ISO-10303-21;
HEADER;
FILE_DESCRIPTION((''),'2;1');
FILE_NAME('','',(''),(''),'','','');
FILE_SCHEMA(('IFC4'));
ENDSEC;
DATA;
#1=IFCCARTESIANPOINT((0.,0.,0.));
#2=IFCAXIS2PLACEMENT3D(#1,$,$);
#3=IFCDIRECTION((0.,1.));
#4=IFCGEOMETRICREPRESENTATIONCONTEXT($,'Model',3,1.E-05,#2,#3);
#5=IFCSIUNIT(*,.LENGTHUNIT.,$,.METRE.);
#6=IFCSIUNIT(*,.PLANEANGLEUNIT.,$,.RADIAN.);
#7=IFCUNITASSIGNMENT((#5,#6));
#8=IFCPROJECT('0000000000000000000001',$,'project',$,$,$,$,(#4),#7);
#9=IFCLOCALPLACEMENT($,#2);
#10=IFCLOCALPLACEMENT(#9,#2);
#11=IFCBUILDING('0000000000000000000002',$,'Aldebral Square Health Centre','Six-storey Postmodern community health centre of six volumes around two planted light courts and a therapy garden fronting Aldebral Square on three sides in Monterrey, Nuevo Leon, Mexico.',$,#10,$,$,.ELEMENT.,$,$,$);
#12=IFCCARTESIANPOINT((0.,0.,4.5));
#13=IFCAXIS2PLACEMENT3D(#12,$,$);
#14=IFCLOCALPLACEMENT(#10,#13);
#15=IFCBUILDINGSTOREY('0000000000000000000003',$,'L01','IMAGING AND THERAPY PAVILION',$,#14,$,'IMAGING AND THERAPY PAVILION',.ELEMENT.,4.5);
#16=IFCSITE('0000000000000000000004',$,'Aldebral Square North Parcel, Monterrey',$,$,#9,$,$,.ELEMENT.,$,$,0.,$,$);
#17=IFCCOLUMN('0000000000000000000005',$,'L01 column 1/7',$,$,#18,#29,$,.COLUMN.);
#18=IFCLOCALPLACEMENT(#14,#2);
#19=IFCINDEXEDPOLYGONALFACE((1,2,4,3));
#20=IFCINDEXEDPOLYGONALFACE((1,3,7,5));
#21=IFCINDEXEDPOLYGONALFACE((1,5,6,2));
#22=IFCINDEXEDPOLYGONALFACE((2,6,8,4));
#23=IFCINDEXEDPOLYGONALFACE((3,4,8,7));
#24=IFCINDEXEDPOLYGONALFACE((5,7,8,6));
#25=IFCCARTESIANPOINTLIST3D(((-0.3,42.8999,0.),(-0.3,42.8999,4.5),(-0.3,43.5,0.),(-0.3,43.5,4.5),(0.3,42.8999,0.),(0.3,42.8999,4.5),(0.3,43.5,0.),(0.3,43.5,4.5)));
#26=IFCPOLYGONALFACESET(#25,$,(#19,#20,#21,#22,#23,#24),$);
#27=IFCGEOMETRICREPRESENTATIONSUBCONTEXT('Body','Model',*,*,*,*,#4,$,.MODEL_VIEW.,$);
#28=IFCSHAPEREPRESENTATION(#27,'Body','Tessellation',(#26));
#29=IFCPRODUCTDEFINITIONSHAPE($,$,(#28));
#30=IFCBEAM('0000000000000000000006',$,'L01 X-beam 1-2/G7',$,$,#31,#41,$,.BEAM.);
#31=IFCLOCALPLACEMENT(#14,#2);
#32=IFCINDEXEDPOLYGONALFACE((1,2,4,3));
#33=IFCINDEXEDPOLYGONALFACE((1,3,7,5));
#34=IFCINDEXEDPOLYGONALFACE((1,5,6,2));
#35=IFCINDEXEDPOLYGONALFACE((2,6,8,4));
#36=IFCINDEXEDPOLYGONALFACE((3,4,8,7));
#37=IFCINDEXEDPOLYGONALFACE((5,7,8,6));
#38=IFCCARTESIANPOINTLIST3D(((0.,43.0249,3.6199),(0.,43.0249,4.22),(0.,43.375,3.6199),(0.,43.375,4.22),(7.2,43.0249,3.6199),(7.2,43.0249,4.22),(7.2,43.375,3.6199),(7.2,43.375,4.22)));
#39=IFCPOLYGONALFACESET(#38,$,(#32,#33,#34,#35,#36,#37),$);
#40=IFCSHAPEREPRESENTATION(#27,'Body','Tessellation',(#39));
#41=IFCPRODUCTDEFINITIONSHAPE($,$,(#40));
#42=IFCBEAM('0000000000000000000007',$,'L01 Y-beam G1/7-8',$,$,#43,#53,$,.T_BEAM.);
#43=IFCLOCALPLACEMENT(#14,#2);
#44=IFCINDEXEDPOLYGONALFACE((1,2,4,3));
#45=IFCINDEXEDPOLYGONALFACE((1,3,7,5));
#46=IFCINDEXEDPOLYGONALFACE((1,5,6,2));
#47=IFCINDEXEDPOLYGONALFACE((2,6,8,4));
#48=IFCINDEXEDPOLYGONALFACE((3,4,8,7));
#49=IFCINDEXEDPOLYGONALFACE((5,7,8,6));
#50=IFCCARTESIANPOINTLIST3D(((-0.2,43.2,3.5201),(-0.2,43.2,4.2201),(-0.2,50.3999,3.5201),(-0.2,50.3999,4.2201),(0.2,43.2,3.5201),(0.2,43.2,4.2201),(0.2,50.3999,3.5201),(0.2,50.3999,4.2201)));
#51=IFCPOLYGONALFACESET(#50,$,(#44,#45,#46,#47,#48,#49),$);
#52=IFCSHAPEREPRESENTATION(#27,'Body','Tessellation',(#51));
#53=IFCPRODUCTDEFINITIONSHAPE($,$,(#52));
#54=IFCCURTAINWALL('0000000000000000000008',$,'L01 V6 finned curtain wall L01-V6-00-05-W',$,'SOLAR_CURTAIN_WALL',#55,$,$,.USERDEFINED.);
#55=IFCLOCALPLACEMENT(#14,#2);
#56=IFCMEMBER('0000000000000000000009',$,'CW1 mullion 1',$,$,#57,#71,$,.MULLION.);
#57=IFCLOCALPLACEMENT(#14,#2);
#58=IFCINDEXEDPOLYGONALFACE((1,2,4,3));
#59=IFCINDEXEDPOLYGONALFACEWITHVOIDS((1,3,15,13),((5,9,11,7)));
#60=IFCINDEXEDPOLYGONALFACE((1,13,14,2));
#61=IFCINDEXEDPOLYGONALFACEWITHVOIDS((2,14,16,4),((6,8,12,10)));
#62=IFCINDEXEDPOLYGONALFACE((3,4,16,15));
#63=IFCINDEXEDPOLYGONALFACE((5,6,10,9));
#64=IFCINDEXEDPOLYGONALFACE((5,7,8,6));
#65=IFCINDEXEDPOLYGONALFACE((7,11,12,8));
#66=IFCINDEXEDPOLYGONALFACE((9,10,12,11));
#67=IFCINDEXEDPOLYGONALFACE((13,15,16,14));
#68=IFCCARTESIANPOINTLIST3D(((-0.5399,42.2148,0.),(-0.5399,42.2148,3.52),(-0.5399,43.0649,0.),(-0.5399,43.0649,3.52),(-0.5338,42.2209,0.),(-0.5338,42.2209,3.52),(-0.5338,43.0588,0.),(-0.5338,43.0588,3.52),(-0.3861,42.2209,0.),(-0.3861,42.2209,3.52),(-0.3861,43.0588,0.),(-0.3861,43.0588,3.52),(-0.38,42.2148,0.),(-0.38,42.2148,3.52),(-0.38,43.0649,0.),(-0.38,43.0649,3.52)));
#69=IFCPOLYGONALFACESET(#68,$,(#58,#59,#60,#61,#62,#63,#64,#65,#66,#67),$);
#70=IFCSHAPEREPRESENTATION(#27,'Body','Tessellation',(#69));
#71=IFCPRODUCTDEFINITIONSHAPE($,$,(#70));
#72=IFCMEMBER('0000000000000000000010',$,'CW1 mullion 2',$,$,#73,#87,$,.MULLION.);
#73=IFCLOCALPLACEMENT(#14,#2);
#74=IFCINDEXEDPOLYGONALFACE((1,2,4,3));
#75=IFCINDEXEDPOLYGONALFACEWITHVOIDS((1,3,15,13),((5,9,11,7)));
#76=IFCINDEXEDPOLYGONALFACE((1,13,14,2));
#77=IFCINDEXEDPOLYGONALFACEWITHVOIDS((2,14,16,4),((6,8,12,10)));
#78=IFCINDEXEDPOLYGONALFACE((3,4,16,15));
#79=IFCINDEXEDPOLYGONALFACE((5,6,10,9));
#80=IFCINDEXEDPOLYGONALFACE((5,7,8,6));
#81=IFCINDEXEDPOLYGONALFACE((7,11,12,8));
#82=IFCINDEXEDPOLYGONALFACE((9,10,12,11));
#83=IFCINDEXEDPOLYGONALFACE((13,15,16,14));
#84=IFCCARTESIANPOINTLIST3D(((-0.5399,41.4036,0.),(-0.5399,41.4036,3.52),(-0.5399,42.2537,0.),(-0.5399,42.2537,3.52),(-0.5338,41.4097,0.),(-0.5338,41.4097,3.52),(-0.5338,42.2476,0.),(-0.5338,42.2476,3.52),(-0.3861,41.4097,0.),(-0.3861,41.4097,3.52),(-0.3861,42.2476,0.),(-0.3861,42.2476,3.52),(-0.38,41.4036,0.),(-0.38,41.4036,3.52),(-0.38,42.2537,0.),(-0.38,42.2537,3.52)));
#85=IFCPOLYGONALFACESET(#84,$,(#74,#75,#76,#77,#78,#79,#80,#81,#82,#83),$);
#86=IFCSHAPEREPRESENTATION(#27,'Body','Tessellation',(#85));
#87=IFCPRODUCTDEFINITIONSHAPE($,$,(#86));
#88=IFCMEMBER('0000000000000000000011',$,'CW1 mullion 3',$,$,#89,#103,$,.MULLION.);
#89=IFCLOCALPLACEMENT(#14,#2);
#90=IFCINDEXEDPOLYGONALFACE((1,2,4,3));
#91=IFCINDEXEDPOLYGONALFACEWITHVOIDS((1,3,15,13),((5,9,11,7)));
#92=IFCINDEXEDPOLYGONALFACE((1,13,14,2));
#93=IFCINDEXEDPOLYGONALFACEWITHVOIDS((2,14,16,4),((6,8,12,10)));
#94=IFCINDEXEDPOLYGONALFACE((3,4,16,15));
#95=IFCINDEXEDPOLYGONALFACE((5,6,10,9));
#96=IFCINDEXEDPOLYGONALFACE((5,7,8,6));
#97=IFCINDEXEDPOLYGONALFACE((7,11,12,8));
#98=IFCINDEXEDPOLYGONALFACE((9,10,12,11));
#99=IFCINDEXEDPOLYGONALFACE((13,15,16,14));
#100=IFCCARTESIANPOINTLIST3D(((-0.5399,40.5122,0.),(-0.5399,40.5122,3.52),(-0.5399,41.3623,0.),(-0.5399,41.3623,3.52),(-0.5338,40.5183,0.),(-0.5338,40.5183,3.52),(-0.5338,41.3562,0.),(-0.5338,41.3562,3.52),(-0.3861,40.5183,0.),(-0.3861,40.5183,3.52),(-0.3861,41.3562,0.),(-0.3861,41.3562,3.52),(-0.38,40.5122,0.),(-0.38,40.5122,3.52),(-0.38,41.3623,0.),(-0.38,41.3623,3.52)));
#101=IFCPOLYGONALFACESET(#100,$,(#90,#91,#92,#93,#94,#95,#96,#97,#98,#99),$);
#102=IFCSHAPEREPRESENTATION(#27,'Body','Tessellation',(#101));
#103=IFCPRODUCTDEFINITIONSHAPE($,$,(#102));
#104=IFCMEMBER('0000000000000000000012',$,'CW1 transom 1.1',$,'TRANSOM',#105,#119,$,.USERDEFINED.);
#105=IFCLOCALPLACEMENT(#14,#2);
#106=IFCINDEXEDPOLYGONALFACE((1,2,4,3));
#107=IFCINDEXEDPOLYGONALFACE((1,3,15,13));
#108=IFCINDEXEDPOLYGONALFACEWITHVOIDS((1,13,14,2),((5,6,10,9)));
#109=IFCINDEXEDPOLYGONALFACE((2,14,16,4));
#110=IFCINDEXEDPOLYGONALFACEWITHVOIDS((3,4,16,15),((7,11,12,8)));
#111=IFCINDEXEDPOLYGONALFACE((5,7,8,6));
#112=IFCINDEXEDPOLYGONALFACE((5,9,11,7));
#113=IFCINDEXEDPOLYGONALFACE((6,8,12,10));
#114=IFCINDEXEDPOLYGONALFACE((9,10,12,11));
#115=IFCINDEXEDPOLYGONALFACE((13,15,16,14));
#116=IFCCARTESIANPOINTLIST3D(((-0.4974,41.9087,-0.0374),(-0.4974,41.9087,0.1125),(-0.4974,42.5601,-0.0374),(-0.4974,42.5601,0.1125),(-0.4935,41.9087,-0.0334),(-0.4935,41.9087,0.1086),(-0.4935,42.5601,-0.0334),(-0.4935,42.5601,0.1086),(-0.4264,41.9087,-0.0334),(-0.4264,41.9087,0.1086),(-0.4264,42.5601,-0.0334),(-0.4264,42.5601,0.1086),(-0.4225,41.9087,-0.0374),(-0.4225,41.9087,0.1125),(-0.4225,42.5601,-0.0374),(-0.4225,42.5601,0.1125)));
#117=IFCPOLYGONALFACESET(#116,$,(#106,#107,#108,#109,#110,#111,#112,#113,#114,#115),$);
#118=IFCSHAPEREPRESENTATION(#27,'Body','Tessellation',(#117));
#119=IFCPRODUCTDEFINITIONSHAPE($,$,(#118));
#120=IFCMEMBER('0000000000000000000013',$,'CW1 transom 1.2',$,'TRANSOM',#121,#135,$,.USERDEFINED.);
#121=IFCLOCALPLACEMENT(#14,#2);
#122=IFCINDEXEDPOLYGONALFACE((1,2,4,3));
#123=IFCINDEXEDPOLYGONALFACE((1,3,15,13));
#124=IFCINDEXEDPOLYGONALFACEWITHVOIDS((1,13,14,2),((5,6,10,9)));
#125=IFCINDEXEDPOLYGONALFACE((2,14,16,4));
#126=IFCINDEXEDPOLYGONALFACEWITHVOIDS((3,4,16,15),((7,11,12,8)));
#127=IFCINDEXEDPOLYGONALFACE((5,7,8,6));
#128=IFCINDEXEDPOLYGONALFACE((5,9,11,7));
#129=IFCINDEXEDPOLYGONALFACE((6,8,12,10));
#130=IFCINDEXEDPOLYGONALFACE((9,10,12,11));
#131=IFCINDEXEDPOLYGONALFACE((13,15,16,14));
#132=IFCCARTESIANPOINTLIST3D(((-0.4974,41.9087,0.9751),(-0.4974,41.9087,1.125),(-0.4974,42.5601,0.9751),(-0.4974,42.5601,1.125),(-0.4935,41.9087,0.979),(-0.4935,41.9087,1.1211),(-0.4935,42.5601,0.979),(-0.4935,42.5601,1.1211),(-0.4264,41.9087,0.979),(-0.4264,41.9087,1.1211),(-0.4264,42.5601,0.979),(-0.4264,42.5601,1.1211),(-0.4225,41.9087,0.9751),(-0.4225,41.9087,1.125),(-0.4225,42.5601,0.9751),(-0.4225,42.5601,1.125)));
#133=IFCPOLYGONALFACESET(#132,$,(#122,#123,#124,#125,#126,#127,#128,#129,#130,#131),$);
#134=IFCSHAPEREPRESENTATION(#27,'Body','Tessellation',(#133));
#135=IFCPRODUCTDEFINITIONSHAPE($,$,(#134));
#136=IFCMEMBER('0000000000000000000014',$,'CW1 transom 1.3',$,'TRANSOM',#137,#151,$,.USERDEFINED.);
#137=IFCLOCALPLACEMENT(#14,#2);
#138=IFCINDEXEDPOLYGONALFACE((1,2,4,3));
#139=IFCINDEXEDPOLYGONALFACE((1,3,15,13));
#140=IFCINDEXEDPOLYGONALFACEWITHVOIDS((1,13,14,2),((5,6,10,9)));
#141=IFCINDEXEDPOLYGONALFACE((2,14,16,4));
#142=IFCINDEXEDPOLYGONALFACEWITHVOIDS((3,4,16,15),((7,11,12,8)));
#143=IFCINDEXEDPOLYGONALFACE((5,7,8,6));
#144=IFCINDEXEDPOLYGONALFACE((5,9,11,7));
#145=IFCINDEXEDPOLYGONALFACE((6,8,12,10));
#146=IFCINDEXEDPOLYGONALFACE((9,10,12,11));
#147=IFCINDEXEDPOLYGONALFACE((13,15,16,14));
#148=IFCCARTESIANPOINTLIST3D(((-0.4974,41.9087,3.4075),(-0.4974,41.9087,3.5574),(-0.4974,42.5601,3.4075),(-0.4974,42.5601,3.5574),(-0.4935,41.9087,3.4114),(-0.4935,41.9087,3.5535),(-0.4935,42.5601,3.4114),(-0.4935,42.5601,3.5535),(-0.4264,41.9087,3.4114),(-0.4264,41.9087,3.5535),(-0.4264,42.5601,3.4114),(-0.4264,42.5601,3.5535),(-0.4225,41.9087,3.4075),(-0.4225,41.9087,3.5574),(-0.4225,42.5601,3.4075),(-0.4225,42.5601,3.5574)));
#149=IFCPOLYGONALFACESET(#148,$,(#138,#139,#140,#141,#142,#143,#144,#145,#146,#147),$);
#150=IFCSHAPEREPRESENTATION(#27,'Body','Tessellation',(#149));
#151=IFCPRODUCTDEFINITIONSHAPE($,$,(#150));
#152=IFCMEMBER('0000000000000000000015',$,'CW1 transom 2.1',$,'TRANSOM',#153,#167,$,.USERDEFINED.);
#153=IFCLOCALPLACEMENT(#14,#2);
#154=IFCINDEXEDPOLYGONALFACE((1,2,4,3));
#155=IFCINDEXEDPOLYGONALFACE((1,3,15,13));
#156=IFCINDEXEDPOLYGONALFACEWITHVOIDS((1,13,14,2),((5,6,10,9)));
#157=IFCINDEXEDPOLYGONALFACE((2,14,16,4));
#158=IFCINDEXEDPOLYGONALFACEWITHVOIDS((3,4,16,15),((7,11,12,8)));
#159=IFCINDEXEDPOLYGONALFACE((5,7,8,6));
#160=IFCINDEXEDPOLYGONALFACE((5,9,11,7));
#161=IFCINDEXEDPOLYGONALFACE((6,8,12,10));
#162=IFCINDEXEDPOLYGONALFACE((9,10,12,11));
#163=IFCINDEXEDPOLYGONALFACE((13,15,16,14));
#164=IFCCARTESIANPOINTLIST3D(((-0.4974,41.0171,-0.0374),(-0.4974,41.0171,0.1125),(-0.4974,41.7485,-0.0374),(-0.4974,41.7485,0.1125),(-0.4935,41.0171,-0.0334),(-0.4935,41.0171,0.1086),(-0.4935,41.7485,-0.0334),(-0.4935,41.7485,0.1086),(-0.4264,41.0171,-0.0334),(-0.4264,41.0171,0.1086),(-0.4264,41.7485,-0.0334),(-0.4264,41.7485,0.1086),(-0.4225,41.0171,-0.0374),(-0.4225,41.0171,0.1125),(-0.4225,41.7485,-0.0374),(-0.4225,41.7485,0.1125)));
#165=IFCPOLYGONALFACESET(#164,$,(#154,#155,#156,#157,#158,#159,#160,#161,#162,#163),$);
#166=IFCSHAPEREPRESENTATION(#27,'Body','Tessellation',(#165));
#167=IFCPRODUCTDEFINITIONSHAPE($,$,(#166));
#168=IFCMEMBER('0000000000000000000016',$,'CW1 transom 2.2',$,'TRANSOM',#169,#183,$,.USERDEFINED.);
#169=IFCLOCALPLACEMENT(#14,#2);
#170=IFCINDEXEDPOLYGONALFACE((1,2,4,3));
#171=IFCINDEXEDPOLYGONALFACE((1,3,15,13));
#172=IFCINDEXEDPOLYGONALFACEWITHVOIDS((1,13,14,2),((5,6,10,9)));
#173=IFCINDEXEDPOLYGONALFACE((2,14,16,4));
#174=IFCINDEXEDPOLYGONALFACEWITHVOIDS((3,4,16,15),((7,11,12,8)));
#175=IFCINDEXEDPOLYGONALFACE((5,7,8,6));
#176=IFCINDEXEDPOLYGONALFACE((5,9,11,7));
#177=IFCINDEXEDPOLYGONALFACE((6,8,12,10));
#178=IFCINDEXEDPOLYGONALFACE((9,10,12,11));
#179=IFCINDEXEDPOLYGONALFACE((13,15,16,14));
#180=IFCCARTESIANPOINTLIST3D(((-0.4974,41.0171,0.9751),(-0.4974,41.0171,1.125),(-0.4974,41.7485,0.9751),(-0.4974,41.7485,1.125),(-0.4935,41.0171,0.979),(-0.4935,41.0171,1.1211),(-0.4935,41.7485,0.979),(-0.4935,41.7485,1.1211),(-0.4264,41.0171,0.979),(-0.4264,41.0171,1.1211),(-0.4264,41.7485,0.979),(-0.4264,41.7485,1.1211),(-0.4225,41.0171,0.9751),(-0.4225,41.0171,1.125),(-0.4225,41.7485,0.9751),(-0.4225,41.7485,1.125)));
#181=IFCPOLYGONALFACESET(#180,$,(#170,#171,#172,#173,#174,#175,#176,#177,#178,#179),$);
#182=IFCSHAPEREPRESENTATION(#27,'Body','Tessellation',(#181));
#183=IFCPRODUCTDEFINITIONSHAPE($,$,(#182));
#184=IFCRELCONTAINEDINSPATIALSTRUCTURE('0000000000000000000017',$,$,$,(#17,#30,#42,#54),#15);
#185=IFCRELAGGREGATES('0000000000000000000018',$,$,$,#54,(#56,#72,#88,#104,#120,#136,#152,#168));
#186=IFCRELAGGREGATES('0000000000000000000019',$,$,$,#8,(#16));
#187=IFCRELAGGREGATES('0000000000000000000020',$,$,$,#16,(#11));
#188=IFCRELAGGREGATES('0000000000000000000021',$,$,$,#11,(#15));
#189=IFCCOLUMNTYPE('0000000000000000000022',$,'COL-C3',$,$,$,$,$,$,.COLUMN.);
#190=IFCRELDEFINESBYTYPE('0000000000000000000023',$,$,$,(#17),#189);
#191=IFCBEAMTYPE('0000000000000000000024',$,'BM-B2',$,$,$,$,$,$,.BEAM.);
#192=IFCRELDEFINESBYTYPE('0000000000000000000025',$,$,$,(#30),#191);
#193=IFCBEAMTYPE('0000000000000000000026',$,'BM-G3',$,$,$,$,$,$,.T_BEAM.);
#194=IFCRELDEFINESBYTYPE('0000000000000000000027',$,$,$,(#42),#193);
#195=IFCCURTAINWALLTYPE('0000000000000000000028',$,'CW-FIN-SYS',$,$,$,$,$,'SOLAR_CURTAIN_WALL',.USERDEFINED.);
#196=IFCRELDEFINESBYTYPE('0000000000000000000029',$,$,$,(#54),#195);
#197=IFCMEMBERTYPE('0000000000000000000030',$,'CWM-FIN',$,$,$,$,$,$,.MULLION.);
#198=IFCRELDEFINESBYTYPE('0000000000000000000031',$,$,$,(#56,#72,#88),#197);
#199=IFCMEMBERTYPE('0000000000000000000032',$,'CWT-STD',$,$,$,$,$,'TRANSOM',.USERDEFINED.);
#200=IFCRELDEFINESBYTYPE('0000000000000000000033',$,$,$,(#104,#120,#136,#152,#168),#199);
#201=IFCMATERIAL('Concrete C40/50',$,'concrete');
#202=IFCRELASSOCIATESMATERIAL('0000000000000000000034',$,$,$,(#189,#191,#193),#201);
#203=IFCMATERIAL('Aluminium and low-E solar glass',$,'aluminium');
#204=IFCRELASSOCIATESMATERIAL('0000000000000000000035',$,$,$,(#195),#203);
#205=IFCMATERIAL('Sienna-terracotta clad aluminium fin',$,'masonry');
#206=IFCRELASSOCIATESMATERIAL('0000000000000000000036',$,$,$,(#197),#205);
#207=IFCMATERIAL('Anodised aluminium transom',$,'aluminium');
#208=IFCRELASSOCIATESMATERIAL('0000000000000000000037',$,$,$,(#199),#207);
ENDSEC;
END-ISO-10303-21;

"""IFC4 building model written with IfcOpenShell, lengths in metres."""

from ifc_helpers import new_model, si_unit, direction, frame, origin, origin_2d, place, context, subcontext, project, spatial, rectangle, hollow_rectangle, extrude, material, material_profile, profile_set, type_object, element, aggregate, save


model = new_model("IFC4")

# Units and contexts
model_context = context("Model", 3, precision=1e-05, world=origin(), true_north=direction((0.0, 1.0)))
body_context = subcontext(model_context, "Body", "Model", "MODEL_VIEW")
ifc_project = project(units=[si_unit("LENGTHUNIT", "METRE"), si_unit("PLANEANGLEUNIT", "RADIAN")], contexts=[model_context])

# Site, building, storey
site_placement = place(None, origin())
site = spatial("IfcSite", under=ifc_project, at=site_placement, Name="Aldebral Square North Parcel, Monterrey", CompositionType="ELEMENT", RefElevation=0.0)
building_placement = place(site_placement, origin())
building = spatial("IfcBuilding", under=site, at=building_placement, Name="Aldebral Square Health Centre", Description="Six-storey Postmodern community health centre of six volumes around two planted light courts and a therapy garden fronting Aldebral Square on three sides in Monterrey, Nuevo Leon, Mexico.", CompositionType="ELEMENT")
storey_placement = place(building_placement, frame((0.0, 0.0, 4.5)))
storey = spatial("IfcBuildingStorey", under=building, at=storey_placement, Name="L01", Description="IMAGING AND THERAPY PAVILION", LongName="IMAGING AND THERAPY PAVILION", CompositionType="ELEMENT", Elevation=4.5)

# Column
ifc_material_1 = material(Name="Concrete C40/50", Category="concrete")
ifc_material_profile_1 = material_profile(ifc_material_1, rectangle(XDim=0.6001, YDim=0.6001, at=origin_2d()), Name="RC 600x600")
ifc_profile_set_1 = profile_set([ifc_material_profile_1], Name="Concrete C40/50")
column_type = type_object("IfcColumnType", Name="COL-C3", PredefinedType="COLUMN", material=ifc_profile_set_1)
column_placement = place(storey_placement, frame((0.0, 43.2, 0.0), z_axis=(0.0, 0.0, 1.0), x_axis=(1.0, 0.0, 0.0)))
element("IfcColumn", 1, at=column_placement, inside=storey, type_object=column_type, Name="L01 column 1/7", PredefinedType="COLUMN", context=body_context, shape_type="SweptSolid", body=[
    extrude(rectangle(XDim=0.6001, YDim=0.6001, at=origin_2d()), origin(), (0.0, 0.0, 1.0), 4.5),
])

# Beams
ifc_material_profile_2 = material_profile(ifc_material_1, rectangle(XDim=0.3501, YDim=0.6001, at=origin_2d()), Name="RC 350x600")
ifc_profile_set_2 = profile_set([ifc_material_profile_2], Name="Concrete C40/50")
beam_type_1 = type_object("IfcBeamType", Name="BM-B2", PredefinedType="BEAM", material=ifc_profile_set_2)
beam_1_placement = place(storey_placement, frame((0.0, 43.2, 3.9199), z_axis=(1.0, 0.0, 0.0), x_axis=(0.0, 1.0, 0.0)))
element("IfcBeam", 2, at=beam_1_placement, inside=storey, type_object=beam_type_1, Name="L01 X-beam 1-2/G7", PredefinedType="BEAM", context=body_context, shape_type="SweptSolid", body=[
    extrude(rectangle(XDim=0.3501, YDim=0.6001, at=origin_2d()), origin(), (0.0, 0.0, 1.0), 7.2),
])
ifc_material_profile_3 = material_profile(ifc_material_1, rectangle(XDim=0.3999, YDim=0.7, at=origin_2d()), Name="RC 400x700")
ifc_profile_set_3 = profile_set([ifc_material_profile_3], Name="Concrete C40/50")
beam_type_2 = type_object("IfcBeamType", Name="BM-G3", PredefinedType="T_BEAM", material=ifc_profile_set_3)
beam_2_placement = place(storey_placement, frame((0.0, 43.2, 3.8701), z_axis=(0.0, 1.0, 0.0), x_axis=(-1.0, 0.0, 0.0)))
element("IfcBeam", 3, at=beam_2_placement, inside=storey, type_object=beam_type_2, Name="L01 Y-beam G1/7-8", PredefinedType="T_BEAM", context=body_context, shape_type="SweptSolid", body=[
    extrude(rectangle(XDim=0.3999, YDim=0.7, at=origin_2d()), origin(), (0.0, 0.0, 1.0), 7.2),
])

# Curtain wall, members
ifc_material_2 = material(Name="Aluminium and low-E solar glass", Category="aluminium")
curtain_wall_type = type_object("IfcCurtainWallType", Name="CW-FIN-SYS", ElementType="SOLAR_CURTAIN_WALL", PredefinedType="USERDEFINED", material=ifc_material_2)
curtain_wall_placement = place(storey_placement, origin())
curtain_wall = element("IfcCurtainWall", 4, at=curtain_wall_placement, inside=storey, type_object=curtain_wall_type, Name="L01 V6 finned curtain wall L01-V6-00-05-W", ObjectType="SOLAR_CURTAIN_WALL", PredefinedType="USERDEFINED")
ifc_material_3 = material(Name="Sienna-terracotta clad aluminium fin", Category="masonry")
ifc_material_profile_4 = material_profile(ifc_material_3, hollow_rectangle(XDim=0.1599, YDim=0.8501, WallThickness=0.0061, at=origin_2d()), Name="FIN 160x850x6")
ifc_profile_set_4 = profile_set([ifc_material_profile_4], Name="Sienna-terracotta clad aluminium fin")
member_type_1 = type_object("IfcMemberType", Name="CWM-FIN", PredefinedType="MULLION", material=ifc_profile_set_4)
member_1_placement = place(storey_placement, frame((-0.46, 42.6399, 0.0), z_axis=(0.0, 0.0, 1.0), x_axis=(1.0, 0.0, 0.0)))
member_1 = element("IfcMember", 5, at=member_1_placement, type_object=member_type_1, Name="CW1 mullion 1", PredefinedType="MULLION", context=body_context, shape_type="SweptSolid", body=[
    extrude(hollow_rectangle(XDim=0.1599, YDim=0.8501, WallThickness=0.0061, at=origin_2d()), origin(), (0.0, 0.0, 1.0), 3.52),
])
member_2_placement = place(storey_placement, frame((-0.46, 41.8286, 0.0), z_axis=(0.0, 0.0, 1.0), x_axis=(1.0, 0.0, 0.0)))
member_2 = element("IfcMember", 6, at=member_2_placement, type_object=member_type_1, Name="CW1 mullion 2", PredefinedType="MULLION", context=body_context, shape_type="SweptSolid", body=[
    extrude(hollow_rectangle(XDim=0.1599, YDim=0.8501, WallThickness=0.0061, at=origin_2d()), origin(), (0.0, 0.0, 1.0), 3.52),
])
member_3_placement = place(storey_placement, frame((-0.46, 40.9373, 0.0), z_axis=(0.0, 0.0, 1.0), x_axis=(1.0, 0.0, 0.0)))
member_3 = element("IfcMember", 7, at=member_3_placement, type_object=member_type_1, Name="CW1 mullion 3", PredefinedType="MULLION", context=body_context, shape_type="SweptSolid", body=[
    extrude(hollow_rectangle(XDim=0.1599, YDim=0.8501, WallThickness=0.0061, at=origin_2d()), origin(), (0.0, 0.0, 1.0), 3.52),
])
ifc_material_4 = material(Name="Anodised aluminium transom", Category="aluminium")
ifc_material_profile_5 = material_profile(ifc_material_4, hollow_rectangle(XDim=0.075, YDim=0.1499, WallThickness=0.0039, at=origin_2d()), Name="CWT 75x150x4")
ifc_profile_set_5 = profile_set([ifc_material_profile_5], Name="Anodised aluminium transom")
member_type_2 = type_object("IfcMemberType", Name="CWT-STD", ElementType="TRANSOM", PredefinedType="USERDEFINED", material=ifc_profile_set_5)
member_4_placement = place(storey_placement, frame((-0.46, 42.5601, 0.0376), z_axis=(0.0, -1.0, 0.0), x_axis=(1.0, 0.0, 0.0)))
member_4 = element("IfcMember", 8, at=member_4_placement, type_object=member_type_2, Name="CW1 transom 1.1", ObjectType="TRANSOM", PredefinedType="USERDEFINED", context=body_context, shape_type="SweptSolid", body=[
    extrude(hollow_rectangle(XDim=0.075, YDim=0.1499, WallThickness=0.0039, at=origin_2d()), origin(), (0.0, 0.0, 1.0), 0.6514),
])
member_5_placement = place(storey_placement, frame((-0.46, 42.5601, 1.05), z_axis=(0.0, -1.0, 0.0), x_axis=(1.0, 0.0, 0.0)))
member_5 = element("IfcMember", 9, at=member_5_placement, type_object=member_type_2, Name="CW1 transom 1.2", ObjectType="TRANSOM", PredefinedType="USERDEFINED", context=body_context, shape_type="SweptSolid", body=[
    extrude(hollow_rectangle(XDim=0.075, YDim=0.1499, WallThickness=0.0039, at=origin_2d()), origin(), (0.0, 0.0, 1.0), 0.6514),
])
member_6_placement = place(storey_placement, frame((-0.46, 42.5601, 3.4824), z_axis=(0.0, -1.0, 0.0), x_axis=(1.0, 0.0, 0.0)))
member_6 = element("IfcMember", 10, at=member_6_placement, type_object=member_type_2, Name="CW1 transom 1.3", ObjectType="TRANSOM", PredefinedType="USERDEFINED", context=body_context, shape_type="SweptSolid", body=[
    extrude(hollow_rectangle(XDim=0.075, YDim=0.1499, WallThickness=0.0039, at=origin_2d()), origin(), (0.0, 0.0, 1.0), 0.6514),
])
member_7_placement = place(storey_placement, frame((-0.46, 41.7485, 0.0376), z_axis=(0.0, -1.0, 0.0), x_axis=(1.0, 0.0, 0.0)))
member_7 = element("IfcMember", 11, at=member_7_placement, type_object=member_type_2, Name="CW1 transom 2.1", ObjectType="TRANSOM", PredefinedType="USERDEFINED", context=body_context, shape_type="SweptSolid", body=[
    extrude(hollow_rectangle(XDim=0.075, YDim=0.1499, WallThickness=0.0039, at=origin_2d()), origin(), (0.0, 0.0, 1.0), 0.7314),
])
member_8_placement = place(storey_placement, frame((-0.46, 41.7485, 1.05), z_axis=(0.0, -1.0, 0.0), x_axis=(1.0, 0.0, 0.0)))
member_8 = element("IfcMember", 12, at=member_8_placement, type_object=member_type_2, Name="CW1 transom 2.2", ObjectType="TRANSOM", PredefinedType="USERDEFINED", context=body_context, shape_type="SweptSolid", body=[
    extrude(hollow_rectangle(XDim=0.075, YDim=0.1499, WallThickness=0.0039, at=origin_2d()), origin(), (0.0, 0.0, 1.0), 0.7314),
])
aggregate(curtain_wall, [member_1, member_2, member_3, member_4, member_5, member_6, member_7, member_8])

save(model, "model.ifc")
